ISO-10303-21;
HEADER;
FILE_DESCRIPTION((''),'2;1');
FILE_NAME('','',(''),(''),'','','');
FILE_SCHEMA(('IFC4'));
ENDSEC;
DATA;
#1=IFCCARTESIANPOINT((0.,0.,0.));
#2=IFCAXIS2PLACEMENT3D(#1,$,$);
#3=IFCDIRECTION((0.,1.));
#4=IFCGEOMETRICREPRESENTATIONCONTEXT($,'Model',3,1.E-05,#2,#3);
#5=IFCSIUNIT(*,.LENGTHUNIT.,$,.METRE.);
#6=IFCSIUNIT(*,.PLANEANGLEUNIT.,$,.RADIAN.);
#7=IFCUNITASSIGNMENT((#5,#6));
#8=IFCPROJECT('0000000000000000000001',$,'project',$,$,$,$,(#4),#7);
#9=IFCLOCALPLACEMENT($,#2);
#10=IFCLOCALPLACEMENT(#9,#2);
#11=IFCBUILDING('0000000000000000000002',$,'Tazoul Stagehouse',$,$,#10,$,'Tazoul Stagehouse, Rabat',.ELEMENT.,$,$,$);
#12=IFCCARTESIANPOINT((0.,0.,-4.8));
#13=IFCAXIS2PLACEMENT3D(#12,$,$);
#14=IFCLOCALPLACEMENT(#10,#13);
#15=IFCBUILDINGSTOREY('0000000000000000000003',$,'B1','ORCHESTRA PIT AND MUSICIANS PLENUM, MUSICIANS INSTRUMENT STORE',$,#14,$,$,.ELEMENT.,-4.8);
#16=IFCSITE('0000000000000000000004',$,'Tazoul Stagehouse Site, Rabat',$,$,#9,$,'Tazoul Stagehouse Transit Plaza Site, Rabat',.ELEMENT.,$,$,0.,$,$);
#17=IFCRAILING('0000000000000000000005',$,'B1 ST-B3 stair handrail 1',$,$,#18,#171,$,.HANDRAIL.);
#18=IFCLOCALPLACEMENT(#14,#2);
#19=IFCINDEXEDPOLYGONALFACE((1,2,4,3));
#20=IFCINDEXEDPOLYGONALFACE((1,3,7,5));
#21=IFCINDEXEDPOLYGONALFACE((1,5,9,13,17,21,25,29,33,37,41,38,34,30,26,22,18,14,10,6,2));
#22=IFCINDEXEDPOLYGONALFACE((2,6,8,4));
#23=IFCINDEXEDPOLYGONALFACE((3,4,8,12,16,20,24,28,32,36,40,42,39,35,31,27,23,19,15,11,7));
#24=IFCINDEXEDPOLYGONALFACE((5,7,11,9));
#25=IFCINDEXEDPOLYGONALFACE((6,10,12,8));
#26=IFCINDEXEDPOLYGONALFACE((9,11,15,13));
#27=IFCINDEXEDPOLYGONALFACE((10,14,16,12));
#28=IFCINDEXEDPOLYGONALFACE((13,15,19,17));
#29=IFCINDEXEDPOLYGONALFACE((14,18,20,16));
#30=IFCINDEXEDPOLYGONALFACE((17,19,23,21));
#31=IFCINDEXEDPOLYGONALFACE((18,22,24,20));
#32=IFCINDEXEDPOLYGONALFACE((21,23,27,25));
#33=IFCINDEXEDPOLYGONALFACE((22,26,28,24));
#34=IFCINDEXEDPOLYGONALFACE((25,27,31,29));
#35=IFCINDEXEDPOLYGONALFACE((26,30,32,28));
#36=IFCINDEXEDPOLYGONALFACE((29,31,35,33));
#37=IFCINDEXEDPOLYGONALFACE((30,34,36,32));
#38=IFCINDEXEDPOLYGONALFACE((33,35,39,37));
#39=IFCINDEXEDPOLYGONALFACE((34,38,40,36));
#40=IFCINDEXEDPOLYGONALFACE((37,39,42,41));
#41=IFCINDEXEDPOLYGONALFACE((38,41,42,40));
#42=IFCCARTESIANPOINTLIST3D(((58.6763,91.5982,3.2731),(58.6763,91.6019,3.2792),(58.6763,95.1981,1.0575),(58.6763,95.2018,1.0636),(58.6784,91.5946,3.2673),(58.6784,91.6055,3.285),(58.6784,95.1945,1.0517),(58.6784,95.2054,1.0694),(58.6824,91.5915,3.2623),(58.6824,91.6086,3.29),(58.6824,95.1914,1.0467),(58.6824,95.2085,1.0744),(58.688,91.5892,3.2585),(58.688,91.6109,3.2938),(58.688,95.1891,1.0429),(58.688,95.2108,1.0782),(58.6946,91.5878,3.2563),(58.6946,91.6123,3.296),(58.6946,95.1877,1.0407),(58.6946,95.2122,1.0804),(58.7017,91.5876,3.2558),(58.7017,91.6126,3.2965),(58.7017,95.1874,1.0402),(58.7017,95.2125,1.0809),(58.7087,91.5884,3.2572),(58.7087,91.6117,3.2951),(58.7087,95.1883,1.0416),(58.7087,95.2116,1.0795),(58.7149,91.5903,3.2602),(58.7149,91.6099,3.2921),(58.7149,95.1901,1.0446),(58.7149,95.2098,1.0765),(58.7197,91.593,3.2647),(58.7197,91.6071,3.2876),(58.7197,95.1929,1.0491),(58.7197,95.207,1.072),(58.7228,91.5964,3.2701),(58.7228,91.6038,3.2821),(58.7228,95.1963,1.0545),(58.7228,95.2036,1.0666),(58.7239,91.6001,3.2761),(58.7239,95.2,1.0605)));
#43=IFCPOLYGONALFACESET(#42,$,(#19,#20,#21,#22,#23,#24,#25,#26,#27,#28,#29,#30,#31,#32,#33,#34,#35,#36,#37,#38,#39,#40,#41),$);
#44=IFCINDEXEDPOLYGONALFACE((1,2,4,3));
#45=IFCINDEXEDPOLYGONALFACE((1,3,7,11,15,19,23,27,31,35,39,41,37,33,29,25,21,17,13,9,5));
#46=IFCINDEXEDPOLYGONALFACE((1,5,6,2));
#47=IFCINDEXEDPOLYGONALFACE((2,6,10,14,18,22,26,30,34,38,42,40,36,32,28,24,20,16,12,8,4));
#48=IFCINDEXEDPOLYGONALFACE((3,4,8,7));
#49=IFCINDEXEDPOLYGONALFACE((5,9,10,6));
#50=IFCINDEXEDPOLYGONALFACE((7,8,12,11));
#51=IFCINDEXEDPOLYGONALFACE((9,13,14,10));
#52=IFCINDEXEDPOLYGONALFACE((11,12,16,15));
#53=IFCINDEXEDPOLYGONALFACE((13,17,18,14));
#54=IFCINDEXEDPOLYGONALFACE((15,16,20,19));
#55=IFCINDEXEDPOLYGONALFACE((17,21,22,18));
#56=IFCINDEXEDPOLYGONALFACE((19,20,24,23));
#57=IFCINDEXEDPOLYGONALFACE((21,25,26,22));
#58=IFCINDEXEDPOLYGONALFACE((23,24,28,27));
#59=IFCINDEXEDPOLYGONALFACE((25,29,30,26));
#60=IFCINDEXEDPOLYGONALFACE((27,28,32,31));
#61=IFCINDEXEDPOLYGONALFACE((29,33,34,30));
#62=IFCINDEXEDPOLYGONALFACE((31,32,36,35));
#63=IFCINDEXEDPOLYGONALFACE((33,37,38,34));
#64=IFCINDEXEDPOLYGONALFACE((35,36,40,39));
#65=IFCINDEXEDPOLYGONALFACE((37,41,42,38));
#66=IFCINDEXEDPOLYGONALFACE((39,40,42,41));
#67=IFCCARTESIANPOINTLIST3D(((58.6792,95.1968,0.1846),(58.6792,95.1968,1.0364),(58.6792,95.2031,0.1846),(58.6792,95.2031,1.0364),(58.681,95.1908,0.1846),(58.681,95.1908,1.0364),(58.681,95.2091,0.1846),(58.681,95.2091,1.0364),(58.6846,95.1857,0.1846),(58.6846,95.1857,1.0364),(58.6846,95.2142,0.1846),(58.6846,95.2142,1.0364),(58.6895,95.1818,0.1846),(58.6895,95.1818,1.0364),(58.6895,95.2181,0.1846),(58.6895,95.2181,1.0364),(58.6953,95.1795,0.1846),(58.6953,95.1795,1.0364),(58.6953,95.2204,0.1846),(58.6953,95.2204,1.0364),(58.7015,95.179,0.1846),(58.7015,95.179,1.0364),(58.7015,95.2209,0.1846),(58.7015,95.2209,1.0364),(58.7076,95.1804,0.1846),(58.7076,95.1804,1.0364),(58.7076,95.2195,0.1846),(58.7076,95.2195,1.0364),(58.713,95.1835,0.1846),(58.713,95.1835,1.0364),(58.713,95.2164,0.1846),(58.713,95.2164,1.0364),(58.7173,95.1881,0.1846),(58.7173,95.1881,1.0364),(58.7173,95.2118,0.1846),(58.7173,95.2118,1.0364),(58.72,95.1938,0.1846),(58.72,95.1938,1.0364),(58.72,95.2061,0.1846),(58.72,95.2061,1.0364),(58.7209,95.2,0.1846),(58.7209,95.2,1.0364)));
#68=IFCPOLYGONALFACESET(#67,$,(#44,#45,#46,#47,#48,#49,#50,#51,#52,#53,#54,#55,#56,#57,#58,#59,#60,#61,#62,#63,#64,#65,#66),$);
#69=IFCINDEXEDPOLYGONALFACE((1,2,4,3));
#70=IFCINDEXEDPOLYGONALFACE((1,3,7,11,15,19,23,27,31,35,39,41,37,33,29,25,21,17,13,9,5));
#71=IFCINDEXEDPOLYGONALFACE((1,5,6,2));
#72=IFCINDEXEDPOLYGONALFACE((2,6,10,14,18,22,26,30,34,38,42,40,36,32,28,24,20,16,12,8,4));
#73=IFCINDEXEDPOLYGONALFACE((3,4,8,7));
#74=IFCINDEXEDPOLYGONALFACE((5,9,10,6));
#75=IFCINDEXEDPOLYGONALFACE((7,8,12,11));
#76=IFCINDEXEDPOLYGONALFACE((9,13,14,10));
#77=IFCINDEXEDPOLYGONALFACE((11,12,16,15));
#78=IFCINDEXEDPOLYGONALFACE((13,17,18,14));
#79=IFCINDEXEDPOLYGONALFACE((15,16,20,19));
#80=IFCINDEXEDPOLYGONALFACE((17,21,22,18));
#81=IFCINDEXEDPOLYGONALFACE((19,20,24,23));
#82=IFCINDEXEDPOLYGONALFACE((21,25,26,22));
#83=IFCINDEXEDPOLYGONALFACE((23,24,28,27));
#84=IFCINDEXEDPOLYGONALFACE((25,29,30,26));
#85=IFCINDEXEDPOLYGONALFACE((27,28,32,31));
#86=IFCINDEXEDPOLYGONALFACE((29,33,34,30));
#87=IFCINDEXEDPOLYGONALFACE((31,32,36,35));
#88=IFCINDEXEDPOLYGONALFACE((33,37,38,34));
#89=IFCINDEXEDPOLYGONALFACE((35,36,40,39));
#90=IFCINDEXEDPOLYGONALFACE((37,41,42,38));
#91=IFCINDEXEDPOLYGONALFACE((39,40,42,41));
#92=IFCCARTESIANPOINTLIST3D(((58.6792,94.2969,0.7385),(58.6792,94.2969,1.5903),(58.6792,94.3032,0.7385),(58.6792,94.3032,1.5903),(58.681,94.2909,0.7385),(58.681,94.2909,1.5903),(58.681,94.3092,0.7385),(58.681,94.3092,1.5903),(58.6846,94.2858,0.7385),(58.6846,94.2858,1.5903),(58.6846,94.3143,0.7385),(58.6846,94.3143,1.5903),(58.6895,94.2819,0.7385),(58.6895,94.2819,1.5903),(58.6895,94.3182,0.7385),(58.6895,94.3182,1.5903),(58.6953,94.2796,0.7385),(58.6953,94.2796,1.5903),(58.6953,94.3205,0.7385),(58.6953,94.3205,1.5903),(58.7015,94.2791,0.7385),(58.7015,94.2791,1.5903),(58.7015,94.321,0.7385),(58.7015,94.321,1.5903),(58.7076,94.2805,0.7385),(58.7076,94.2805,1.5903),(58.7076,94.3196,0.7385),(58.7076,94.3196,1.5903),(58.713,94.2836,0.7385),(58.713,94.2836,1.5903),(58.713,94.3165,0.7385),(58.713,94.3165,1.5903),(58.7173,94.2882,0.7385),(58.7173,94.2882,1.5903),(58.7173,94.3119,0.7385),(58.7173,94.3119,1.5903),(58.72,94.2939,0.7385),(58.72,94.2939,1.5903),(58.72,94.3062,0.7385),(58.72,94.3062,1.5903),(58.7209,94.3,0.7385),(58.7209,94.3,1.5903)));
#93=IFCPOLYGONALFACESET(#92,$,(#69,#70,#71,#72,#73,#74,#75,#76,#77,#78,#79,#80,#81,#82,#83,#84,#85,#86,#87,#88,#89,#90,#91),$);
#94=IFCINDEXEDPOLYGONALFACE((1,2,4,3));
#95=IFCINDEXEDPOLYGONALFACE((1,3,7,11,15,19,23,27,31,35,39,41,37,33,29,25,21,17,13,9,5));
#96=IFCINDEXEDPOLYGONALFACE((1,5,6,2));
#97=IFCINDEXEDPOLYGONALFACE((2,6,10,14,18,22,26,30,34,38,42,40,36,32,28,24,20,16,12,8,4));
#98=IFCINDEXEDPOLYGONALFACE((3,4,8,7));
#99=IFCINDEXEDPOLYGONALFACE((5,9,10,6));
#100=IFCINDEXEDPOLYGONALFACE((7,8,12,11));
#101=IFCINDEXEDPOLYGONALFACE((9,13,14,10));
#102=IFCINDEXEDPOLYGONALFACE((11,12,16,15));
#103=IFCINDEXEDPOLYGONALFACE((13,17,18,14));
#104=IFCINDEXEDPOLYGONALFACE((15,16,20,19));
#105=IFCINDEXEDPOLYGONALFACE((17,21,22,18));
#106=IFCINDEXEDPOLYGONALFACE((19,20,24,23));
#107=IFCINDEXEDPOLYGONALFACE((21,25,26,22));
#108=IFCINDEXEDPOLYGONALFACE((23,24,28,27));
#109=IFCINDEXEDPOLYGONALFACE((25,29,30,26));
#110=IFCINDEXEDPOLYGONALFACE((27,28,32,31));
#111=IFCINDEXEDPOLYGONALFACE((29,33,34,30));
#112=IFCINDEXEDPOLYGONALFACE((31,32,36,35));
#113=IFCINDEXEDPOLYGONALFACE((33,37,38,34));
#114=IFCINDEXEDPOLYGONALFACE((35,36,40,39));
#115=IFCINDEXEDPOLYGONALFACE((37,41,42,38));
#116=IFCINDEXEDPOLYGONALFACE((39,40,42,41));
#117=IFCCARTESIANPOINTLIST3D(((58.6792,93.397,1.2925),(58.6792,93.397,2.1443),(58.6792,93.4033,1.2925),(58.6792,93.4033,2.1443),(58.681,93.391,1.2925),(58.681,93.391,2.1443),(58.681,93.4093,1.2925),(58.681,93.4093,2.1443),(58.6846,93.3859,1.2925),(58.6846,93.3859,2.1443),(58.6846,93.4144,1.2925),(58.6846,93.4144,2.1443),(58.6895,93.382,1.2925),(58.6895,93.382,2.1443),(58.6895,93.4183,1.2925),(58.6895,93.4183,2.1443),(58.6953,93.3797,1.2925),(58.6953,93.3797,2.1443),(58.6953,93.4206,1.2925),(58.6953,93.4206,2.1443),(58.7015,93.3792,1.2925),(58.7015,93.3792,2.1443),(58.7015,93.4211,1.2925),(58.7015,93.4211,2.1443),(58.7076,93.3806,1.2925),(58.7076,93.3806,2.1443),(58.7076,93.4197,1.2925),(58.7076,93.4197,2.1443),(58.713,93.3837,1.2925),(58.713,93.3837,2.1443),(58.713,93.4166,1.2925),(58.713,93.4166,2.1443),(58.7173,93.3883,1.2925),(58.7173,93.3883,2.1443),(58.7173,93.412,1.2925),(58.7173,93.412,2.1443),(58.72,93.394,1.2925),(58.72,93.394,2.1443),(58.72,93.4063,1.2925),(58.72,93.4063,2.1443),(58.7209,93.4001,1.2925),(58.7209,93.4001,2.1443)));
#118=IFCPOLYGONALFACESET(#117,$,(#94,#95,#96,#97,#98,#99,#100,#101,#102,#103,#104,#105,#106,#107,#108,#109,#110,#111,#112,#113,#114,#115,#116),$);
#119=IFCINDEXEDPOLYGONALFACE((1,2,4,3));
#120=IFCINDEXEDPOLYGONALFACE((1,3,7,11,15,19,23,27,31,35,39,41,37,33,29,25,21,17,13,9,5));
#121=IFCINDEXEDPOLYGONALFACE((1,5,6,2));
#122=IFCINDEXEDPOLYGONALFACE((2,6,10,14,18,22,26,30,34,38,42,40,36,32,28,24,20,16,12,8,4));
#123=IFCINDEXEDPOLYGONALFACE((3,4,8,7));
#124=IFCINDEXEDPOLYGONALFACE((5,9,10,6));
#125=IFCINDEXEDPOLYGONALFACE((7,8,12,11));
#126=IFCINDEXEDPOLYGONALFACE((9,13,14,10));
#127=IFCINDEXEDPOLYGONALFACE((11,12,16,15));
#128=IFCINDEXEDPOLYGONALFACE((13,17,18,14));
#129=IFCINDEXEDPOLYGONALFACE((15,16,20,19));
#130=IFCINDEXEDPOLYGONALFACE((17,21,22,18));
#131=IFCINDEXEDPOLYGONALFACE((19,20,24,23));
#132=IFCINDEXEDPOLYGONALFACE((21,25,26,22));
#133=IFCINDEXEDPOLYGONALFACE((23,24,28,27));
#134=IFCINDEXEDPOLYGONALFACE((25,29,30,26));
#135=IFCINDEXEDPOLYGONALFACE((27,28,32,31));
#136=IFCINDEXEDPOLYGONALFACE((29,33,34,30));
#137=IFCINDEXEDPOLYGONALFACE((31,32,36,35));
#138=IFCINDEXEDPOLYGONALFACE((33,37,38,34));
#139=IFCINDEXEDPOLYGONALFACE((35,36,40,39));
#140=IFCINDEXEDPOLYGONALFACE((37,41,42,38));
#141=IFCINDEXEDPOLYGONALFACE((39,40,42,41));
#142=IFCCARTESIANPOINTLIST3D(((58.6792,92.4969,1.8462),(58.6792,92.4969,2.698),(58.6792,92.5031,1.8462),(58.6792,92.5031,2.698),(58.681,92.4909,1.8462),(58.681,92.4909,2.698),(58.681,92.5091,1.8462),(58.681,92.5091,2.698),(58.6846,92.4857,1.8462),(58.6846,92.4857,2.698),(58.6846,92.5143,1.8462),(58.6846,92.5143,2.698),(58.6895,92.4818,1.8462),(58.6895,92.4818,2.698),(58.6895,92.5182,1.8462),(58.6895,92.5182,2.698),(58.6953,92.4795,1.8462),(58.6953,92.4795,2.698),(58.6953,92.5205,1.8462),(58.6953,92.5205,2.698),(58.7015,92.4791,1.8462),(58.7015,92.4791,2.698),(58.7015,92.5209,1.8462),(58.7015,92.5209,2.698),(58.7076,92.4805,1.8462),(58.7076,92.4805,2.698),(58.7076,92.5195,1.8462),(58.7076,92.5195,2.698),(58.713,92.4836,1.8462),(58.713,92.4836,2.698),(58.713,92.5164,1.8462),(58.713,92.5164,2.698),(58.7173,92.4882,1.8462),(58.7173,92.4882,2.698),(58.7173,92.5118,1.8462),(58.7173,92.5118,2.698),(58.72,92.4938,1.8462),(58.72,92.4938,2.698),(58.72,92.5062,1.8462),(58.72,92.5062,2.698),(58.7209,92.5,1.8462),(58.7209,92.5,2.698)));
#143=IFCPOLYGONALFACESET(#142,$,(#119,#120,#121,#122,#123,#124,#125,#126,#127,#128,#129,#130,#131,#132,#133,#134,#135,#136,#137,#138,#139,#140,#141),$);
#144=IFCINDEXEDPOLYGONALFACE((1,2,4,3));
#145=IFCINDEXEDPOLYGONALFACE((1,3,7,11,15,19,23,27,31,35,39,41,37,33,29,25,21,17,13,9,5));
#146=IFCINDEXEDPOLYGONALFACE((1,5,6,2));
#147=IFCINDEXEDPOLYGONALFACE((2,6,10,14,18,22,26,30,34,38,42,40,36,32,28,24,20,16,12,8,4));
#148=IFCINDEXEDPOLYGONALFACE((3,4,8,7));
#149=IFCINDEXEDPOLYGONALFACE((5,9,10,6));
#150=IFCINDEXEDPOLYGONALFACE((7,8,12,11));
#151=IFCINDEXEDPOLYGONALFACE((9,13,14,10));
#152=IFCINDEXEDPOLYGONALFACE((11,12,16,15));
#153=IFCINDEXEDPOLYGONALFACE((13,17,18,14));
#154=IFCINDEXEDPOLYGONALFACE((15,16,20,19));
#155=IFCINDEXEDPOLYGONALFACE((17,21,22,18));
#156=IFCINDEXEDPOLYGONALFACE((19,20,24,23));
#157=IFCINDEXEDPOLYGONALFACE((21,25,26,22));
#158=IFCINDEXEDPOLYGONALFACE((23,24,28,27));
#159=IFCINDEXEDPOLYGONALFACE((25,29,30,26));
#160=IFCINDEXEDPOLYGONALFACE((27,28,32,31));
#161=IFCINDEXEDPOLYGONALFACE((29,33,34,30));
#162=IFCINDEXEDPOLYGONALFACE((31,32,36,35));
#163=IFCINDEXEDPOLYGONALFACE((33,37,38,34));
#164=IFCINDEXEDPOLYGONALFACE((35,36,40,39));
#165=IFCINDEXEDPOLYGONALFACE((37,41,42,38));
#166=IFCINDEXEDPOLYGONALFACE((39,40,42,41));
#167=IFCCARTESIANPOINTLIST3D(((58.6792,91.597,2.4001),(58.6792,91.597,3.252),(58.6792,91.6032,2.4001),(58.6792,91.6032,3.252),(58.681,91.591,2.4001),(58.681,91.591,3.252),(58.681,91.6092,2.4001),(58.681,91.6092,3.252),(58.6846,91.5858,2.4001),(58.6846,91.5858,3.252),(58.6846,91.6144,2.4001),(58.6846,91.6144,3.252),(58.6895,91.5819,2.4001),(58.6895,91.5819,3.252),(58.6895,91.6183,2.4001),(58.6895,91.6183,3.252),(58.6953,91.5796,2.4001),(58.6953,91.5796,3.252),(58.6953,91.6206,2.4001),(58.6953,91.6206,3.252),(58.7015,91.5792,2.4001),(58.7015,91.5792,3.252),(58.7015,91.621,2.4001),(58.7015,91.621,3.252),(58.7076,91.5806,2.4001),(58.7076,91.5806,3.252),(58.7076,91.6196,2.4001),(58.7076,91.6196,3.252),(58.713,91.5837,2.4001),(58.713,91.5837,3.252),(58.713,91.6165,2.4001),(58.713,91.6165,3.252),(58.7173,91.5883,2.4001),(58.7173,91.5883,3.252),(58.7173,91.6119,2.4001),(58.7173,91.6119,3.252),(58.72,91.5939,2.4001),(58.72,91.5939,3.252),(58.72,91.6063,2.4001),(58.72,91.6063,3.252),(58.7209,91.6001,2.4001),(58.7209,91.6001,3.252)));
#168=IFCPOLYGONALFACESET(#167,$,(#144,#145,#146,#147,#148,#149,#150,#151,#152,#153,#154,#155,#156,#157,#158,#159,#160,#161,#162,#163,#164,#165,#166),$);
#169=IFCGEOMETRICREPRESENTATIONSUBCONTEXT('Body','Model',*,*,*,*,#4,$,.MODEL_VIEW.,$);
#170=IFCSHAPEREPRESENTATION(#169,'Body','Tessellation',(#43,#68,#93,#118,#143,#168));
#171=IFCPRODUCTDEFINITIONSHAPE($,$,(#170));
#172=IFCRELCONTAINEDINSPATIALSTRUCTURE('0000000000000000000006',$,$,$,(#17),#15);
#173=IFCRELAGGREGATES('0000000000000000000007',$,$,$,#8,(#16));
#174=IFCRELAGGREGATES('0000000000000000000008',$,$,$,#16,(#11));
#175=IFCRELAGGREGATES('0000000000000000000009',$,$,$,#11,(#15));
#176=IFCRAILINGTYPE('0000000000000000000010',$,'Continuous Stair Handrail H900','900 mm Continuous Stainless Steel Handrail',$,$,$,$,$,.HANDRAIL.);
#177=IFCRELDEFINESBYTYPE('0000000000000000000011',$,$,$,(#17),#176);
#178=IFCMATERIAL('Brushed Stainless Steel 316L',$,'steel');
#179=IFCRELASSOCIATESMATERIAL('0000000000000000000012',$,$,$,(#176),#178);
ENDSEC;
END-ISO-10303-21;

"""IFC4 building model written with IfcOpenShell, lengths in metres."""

from ifc_helpers import new_model, si_unit, direction, frame, origin, origin_2d, place, context, subcontext, project, spatial, circle, extrude, material, material_profile, profile_set, type_object, element, save


model = new_model("IFC4")

# Units and contexts
model_context = context("Model", 3, precision=1e-05, world=origin(), true_north=direction((0.0, 1.0)))
body_context = subcontext(model_context, "Body", "Model", "MODEL_VIEW")
ifc_project = project(units=[si_unit("LENGTHUNIT", "METRE"), si_unit("PLANEANGLEUNIT", "RADIAN")], contexts=[model_context])

# Site, building, storey
site_placement = place(None, origin())
site = spatial("IfcSite", under=ifc_project, at=site_placement, Name="Tazoul Stagehouse Site, Rabat", LongName="Tazoul Stagehouse Transit Plaza Site, Rabat", CompositionType="ELEMENT", RefElevation=0.0)
building_placement = place(site_placement, origin())
building = spatial("IfcBuilding", under=site, at=building_placement, Name="Tazoul Stagehouse", LongName="Tazoul Stagehouse, Rabat", CompositionType="ELEMENT")
storey_placement = place(building_placement, frame((0.0, 0.0, -4.8)))
storey = spatial("IfcBuildingStorey", under=building, at=storey_placement, Name="B1", Description="ORCHESTRA PIT AND MUSICIANS PLENUM, MUSICIANS INSTRUMENT STORE", CompositionType="ELEMENT", Elevation=-4.8)

# Railing
ifc_material_1 = material(Name="Brushed Stainless Steel 316L", Category="steel")
ifc_material_profile_1 = material_profile(ifc_material_1, circle(Radius=0.021, at=origin_2d()), Name="SS HANDRAIL D42")
ifc_profile_set_1 = profile_set([ifc_material_profile_1], Name="Brushed Stainless Steel 316L")
railing_type_1 = type_object("IfcRailingType", Name="Continuous Stair Handrail H900", Description="900 mm Continuous Stainless Steel Handrail", PredefinedType="HANDRAIL", material=ifc_profile_set_1)
railing_1_placement = place(storey_placement, frame((58.7, 95.2, 0.1846)))
element("IfcRailing", 1, at=railing_1_placement, inside=storey, type_object=railing_type_1, Name="B1 ST-B3 stair handrail 1", PredefinedType="HANDRAIL", context=body_context, shape_type="SweptSolid", body=[
    extrude(circle(Radius=0.0239, at=origin_2d()), frame((0.0, 0.0, 0.876), z_axis=(0.0, -0.851629, 0.524146), x_axis=(1.0, 0.0, 0.0)), (0.0, 0.0, 1.0), 4.2271),
    extrude(circle(Radius=0.021, at=origin_2d()), origin(), (0.0, 0.0, 1.0), 0.8518),
    extrude(circle(Radius=0.021, at=origin_2d()), frame((0.0, -0.8999, 0.554)), (0.0, 0.0, 1.0), 0.8518),
    extrude(circle(Radius=0.021, at=origin_2d()), frame((0.0, -1.7998, 1.1079)), (0.0, 0.0, 1.0), 0.8518),
    extrude(circle(Radius=0.021, at=origin_2d()), frame((0.0, -2.7, 1.6616)), (0.0, 0.0, 1.0), 0.8518),
    extrude(circle(Radius=0.021, at=origin_2d()), frame((0.0, -3.5999, 2.2156)), (0.0, 0.0, 1.0), 0.8518),
])

save(model, "model.ifc")
